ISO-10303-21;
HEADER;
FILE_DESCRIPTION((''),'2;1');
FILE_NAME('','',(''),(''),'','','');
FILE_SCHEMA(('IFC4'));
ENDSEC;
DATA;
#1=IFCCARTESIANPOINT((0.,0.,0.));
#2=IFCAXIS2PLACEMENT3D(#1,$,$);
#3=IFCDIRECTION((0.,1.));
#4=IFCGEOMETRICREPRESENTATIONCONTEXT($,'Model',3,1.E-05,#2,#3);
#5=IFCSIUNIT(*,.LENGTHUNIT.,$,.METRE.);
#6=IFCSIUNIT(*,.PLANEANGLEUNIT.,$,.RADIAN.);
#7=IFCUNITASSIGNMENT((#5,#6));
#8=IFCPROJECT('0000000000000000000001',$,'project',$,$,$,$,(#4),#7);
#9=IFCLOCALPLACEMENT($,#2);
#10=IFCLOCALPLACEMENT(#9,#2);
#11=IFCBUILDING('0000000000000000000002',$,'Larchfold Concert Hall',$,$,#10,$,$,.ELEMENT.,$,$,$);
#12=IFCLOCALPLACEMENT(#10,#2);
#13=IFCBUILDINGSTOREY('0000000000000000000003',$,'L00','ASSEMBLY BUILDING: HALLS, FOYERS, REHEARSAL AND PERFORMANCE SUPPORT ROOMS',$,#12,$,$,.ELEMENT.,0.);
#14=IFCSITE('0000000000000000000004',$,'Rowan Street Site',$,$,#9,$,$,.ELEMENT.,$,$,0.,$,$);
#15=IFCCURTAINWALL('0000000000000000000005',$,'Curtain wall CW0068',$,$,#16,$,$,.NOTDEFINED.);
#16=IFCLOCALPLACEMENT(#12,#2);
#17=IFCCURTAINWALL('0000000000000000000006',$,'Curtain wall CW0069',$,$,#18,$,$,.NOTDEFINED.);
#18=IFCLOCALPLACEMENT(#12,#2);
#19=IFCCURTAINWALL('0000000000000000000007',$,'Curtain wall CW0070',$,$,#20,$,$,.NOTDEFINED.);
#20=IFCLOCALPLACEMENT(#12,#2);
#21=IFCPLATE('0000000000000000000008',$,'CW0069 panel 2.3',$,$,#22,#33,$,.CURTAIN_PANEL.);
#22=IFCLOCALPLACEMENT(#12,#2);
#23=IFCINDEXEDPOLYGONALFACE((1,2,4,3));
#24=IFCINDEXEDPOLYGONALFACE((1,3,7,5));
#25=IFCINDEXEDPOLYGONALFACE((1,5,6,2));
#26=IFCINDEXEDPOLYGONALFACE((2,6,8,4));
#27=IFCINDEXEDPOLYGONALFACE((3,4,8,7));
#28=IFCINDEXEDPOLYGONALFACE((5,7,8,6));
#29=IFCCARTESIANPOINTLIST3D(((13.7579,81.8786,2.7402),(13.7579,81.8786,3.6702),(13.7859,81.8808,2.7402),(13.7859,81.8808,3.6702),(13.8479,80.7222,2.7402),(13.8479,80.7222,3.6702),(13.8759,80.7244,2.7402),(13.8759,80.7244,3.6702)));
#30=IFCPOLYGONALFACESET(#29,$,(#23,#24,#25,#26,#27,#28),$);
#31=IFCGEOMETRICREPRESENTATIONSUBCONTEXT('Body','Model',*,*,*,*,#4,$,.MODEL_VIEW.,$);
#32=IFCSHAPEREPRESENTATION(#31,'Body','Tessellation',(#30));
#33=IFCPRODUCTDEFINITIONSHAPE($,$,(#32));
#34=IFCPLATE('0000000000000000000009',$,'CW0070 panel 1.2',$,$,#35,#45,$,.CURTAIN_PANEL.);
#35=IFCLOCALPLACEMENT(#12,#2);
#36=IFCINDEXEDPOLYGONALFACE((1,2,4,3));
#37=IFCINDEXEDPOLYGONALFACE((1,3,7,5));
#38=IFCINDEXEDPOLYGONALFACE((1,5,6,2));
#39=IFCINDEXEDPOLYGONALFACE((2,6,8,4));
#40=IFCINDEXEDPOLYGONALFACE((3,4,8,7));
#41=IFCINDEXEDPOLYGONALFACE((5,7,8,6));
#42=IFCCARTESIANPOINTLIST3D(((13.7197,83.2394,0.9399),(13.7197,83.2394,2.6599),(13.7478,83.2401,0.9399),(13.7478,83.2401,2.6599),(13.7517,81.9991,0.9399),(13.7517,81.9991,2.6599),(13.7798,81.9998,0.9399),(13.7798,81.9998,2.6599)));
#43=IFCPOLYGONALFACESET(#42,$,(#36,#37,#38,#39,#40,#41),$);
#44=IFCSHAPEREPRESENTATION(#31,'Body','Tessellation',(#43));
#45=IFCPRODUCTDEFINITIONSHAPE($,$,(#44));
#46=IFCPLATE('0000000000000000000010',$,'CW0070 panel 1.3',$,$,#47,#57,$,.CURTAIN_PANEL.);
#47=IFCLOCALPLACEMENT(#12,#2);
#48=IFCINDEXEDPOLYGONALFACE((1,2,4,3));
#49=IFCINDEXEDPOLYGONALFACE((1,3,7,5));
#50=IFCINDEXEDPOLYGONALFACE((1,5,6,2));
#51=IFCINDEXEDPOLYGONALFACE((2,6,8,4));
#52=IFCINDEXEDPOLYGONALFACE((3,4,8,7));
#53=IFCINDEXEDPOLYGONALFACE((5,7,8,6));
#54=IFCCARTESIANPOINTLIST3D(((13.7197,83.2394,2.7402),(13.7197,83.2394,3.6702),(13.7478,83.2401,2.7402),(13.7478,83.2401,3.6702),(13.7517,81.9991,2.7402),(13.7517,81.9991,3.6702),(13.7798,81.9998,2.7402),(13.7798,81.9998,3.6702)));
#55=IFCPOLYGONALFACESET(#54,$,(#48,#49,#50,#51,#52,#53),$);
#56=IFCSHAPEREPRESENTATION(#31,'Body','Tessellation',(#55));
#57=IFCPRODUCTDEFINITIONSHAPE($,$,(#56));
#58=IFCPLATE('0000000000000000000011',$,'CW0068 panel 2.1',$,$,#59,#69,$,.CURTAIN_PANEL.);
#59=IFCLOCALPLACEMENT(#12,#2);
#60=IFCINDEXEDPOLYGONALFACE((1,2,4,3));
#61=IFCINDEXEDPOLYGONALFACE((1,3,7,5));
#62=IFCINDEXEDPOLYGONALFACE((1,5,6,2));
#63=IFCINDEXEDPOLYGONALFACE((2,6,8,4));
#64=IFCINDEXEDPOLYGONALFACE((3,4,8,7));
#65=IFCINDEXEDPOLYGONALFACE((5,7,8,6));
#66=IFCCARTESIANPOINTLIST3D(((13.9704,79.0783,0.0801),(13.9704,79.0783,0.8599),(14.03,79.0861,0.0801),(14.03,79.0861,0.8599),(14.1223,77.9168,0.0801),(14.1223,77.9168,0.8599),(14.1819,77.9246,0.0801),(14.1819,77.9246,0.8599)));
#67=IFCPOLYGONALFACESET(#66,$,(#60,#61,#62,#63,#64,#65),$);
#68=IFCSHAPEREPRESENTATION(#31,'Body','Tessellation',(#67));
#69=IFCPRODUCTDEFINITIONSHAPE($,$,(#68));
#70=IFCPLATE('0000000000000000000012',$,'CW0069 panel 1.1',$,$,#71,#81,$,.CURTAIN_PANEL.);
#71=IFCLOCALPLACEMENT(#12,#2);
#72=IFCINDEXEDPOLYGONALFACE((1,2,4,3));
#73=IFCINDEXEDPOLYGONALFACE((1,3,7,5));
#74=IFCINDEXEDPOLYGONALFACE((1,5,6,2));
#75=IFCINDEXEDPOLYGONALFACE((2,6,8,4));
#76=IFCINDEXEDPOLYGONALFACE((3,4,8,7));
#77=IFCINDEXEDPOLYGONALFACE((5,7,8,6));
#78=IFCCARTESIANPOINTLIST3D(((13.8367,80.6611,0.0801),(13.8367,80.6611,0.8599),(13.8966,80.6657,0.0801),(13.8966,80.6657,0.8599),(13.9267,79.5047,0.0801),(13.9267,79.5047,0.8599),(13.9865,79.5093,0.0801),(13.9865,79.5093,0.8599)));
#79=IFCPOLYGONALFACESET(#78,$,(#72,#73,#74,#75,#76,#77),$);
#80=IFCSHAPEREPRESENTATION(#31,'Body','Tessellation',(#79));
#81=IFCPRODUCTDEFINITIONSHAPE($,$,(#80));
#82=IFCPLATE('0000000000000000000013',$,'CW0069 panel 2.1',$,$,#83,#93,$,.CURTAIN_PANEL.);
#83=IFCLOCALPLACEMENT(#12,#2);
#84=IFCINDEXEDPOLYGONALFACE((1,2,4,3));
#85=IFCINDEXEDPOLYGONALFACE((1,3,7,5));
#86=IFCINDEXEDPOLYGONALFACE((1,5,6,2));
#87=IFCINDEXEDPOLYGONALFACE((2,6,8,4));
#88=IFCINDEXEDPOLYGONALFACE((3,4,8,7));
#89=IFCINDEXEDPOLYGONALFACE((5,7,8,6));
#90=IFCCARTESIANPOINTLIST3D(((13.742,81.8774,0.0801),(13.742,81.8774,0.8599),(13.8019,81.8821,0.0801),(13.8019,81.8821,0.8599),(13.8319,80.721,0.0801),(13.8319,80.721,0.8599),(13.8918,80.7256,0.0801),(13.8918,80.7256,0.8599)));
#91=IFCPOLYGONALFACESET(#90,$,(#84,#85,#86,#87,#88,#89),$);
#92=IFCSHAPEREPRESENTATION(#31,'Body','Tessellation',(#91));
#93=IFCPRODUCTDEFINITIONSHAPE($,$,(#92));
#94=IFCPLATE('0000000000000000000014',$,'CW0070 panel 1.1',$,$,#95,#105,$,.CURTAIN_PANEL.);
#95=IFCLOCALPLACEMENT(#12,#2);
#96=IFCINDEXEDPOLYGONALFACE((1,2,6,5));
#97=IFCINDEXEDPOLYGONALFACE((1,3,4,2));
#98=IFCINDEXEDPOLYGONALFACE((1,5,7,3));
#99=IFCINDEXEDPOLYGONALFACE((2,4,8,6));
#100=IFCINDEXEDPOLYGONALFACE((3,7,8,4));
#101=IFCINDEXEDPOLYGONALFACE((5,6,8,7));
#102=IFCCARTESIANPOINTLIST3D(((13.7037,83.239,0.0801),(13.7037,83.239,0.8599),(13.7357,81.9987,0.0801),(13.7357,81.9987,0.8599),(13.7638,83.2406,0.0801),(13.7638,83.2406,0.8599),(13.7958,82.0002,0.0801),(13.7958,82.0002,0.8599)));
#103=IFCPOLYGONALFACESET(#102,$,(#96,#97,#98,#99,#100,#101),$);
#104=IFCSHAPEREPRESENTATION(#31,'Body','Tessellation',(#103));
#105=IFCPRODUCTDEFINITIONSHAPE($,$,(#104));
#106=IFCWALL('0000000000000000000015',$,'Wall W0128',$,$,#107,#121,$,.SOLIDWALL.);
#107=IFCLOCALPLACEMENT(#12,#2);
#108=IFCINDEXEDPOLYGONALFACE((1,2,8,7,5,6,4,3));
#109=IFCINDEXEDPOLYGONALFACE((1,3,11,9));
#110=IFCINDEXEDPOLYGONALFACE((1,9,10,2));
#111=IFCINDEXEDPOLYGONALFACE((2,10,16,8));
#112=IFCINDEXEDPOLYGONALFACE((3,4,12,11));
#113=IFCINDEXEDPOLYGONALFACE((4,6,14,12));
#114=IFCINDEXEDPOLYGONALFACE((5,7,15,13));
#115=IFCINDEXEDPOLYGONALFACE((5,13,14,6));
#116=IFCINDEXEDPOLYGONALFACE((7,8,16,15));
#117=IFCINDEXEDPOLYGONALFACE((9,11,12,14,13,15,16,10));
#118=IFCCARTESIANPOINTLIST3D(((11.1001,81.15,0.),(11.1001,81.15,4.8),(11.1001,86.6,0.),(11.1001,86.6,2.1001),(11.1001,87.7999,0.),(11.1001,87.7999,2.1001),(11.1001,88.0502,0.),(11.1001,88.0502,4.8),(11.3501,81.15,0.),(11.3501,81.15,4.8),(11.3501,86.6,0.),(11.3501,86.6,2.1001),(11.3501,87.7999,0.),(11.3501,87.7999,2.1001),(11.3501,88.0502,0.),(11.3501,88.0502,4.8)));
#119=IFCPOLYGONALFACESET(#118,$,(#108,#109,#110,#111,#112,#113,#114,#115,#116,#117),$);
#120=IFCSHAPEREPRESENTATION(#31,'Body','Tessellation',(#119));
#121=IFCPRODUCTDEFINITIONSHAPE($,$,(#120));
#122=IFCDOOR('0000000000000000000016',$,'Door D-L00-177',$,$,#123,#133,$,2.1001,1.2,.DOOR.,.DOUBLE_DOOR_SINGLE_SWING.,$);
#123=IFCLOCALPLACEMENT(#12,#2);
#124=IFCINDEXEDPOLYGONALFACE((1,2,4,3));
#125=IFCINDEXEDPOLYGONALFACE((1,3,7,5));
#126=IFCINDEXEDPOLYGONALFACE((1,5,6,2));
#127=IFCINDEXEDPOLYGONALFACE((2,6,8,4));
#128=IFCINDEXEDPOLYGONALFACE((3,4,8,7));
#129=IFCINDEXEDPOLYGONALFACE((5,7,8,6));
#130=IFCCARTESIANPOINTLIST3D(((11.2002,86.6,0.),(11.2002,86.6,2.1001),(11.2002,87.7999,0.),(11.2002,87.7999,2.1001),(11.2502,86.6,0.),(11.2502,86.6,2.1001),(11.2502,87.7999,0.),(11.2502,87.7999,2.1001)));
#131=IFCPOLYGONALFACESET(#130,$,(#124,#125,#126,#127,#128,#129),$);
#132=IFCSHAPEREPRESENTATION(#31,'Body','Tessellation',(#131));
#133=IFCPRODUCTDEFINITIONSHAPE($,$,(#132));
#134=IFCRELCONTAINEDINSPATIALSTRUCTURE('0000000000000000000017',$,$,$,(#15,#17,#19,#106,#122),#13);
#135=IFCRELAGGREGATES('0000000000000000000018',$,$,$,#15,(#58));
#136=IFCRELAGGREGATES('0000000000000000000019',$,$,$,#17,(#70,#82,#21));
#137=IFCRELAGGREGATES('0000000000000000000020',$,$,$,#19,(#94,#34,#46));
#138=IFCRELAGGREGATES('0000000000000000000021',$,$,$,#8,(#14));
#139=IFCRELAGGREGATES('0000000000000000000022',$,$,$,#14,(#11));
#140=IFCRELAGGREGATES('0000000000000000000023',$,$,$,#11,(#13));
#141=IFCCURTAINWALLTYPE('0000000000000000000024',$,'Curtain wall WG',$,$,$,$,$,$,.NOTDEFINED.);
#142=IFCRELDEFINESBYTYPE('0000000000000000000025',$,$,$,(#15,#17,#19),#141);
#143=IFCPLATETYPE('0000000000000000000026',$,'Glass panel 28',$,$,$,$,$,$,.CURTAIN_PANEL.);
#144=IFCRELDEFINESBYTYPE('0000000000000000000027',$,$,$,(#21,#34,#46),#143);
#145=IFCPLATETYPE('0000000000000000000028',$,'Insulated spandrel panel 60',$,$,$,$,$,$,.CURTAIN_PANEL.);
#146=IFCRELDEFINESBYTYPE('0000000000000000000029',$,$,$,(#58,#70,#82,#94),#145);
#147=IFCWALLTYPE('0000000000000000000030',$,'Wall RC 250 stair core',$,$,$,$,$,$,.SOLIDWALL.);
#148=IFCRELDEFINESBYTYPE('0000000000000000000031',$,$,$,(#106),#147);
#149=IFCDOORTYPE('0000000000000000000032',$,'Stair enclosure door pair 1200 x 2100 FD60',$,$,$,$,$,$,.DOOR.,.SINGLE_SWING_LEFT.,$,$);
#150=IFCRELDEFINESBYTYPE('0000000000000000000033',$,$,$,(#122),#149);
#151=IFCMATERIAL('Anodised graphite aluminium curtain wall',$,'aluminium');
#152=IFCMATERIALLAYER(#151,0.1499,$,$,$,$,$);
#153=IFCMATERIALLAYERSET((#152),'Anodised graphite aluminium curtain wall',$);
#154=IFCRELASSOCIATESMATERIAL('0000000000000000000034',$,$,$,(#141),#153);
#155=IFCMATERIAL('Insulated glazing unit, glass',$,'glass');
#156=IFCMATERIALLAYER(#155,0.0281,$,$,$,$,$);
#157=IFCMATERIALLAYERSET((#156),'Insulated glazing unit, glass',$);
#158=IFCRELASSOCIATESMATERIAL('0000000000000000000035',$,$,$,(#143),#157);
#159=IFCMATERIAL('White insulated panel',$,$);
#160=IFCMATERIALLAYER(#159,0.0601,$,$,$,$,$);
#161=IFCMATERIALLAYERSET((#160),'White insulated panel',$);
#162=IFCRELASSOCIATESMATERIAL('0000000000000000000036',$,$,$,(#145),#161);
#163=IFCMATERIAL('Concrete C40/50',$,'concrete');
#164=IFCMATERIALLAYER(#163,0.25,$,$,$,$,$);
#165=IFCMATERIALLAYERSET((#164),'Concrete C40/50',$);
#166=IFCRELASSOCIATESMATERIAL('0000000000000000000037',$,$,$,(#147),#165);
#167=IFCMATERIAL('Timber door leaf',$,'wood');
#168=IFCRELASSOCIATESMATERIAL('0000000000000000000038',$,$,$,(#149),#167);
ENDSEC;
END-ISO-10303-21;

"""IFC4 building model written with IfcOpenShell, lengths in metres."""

from ifc_helpers import new_model, si_unit, direction, frame, frame_2d, origin, origin_2d, place, context, subcontext, project, spatial, rectangle, extrude, material, layer, layer_set, type_object, element, fill, aggregate, save


model = new_model("IFC4")

# Units and contexts
model_context = context("Model", 3, precision=1e-05, world=origin(), true_north=direction((0.0, 1.0)))
body_context = subcontext(model_context, "Body", "Model", "MODEL_VIEW")
ifc_project = project(units=[si_unit("LENGTHUNIT", "METRE"), si_unit("PLANEANGLEUNIT", "RADIAN")], contexts=[model_context])

# Site, building, storey
site_placement = place(None, origin())
site = spatial("IfcSite", under=ifc_project, at=site_placement, Name="Rowan Street Site", CompositionType="ELEMENT", RefElevation=0.0)
building_placement = place(site_placement, origin())
building = spatial("IfcBuilding", under=site, at=building_placement, Name="Larchfold Concert Hall", CompositionType="ELEMENT")
storey_placement = place(building_placement, origin())
storey = spatial("IfcBuildingStorey", under=building, at=storey_placement, Name="L00", Description="ASSEMBLY BUILDING: HALLS, FOYERS, REHEARSAL AND PERFORMANCE SUPPORT ROOMS", CompositionType="ELEMENT", Elevation=0.0)

# Curtain wall
ifc_material_1 = material(Name="Anodised graphite aluminium curtain wall", Category="aluminium")
ifc_layer_1 = layer(ifc_material_1, 0.1499)
ifc_layer_set_1 = layer_set([ifc_layer_1], Name="Anodised graphite aluminium curtain wall")
curtain_wall_type = type_object("IfcCurtainWallType", Name="Curtain wall WG", PredefinedType="NOTDEFINED", material=ifc_layer_set_1)
curtain_wall_1_placement = place(storey_placement, origin())
curtain_wall_1 = element("IfcCurtainWall", 1, at=curtain_wall_1_placement, inside=storey, type_object=curtain_wall_type, Name="Curtain wall CW0068", PredefinedType="NOTDEFINED")

# Curtain wall
curtain_wall_2_placement = place(storey_placement, origin())
curtain_wall_2 = element("IfcCurtainWall", 2, at=curtain_wall_2_placement, inside=storey, type_object=curtain_wall_type, Name="Curtain wall CW0069", PredefinedType="NOTDEFINED")

# Curtain wall
curtain_wall_3_placement = place(storey_placement, origin())
curtain_wall_3 = element("IfcCurtainWall", 3, at=curtain_wall_3_placement, inside=storey, type_object=curtain_wall_type, Name="Curtain wall CW0070", PredefinedType="NOTDEFINED")

# Plates
ifc_material_2 = material(Name="Insulated glazing unit, glass", Category="glass")
ifc_layer_2 = layer(ifc_material_2, 0.0281)
ifc_layer_set_2 = layer_set([ifc_layer_2], Name="Insulated glazing unit, glass")
plate_type_1 = type_object("IfcPlateType", Name="Glass panel 28", PredefinedType="CURTAIN_PANEL", material=ifc_layer_set_2)
plate_1_placement = place(storey_placement, frame((13.8169, 81.3015, 2.7402), z_axis=(0.0, 0.0, 1.0), x_axis=(-0.077548, 0.996989, 0.0)))
plate_1 = element("IfcPlate", 4, at=plate_1_placement, type_object=plate_type_1, Name="CW0069 panel 2.3", PredefinedType="CURTAIN_PANEL", context=body_context, shape_type="SweptSolid", body=[
    extrude(rectangle(XDim=1.1599, YDim=0.0281, at=origin_2d()), origin(), (0.0, 0.0, 1.0), 0.9299),
])
plate_2_placement = place(storey_placement, frame((13.7498, 82.6196, 0.9399), z_axis=(0.0, 0.0, 1.0), x_axis=(-0.025776, 0.999668, 0.0)))
plate_2 = element("IfcPlate", 5, at=plate_2_placement, type_object=plate_type_1, Name="CW0070 panel 1.2", PredefinedType="CURTAIN_PANEL", context=body_context, shape_type="SweptSolid", body=[
    extrude(rectangle(XDim=1.2407, YDim=0.0281, at=origin_2d()), origin(), (0.0, 0.0, 1.0), 1.72),
])
plate_3_placement = place(storey_placement, frame((13.7498, 82.6196, 2.7402), z_axis=(0.0, 0.0, 1.0), x_axis=(-0.025776, 0.999668, 0.0)))
plate_3 = element("IfcPlate", 6, at=plate_3_placement, type_object=plate_type_1, Name="CW0070 panel 1.3", PredefinedType="CURTAIN_PANEL", context=body_context, shape_type="SweptSolid", body=[
    extrude(rectangle(XDim=1.2407, YDim=0.0281, at=origin_2d()), origin(), (0.0, 0.0, 1.0), 0.9299),
])
ifc_material_3 = material(Name="White insulated panel")
ifc_layer_3 = layer(ifc_material_3, 0.0601)
ifc_layer_set_3 = layer_set([ifc_layer_3], Name="White insulated panel")
plate_type_2 = type_object("IfcPlateType", Name="Insulated spandrel panel 60", PredefinedType="CURTAIN_PANEL", material=ifc_layer_set_3)
plate_4_placement = place(storey_placement, frame((14.0762, 78.5015, 0.0801), z_axis=(0.0, 0.0, 1.0), x_axis=(-0.129678, 0.991556, 0.0)))
plate_4 = element("IfcPlate", 7, at=plate_4_placement, type_object=plate_type_2, Name="CW0068 panel 2.1", PredefinedType="CURTAIN_PANEL", context=body_context, shape_type="SweptSolid", body=[
    extrude(rectangle(XDim=1.1714, YDim=0.0601, at=origin_2d()), origin(), (0.0, 0.0, 1.0), 0.7798),
])
aggregate(curtain_wall_1, [plate_4])
plate_5_placement = place(storey_placement, frame((13.9116, 80.0852, 0.0801), z_axis=(0.0, 0.0, 1.0), x_axis=(-0.077548, 0.996989, 0.0)))
plate_5 = element("IfcPlate", 8, at=plate_5_placement, type_object=plate_type_2, Name="CW0069 panel 1.1", PredefinedType="CURTAIN_PANEL", context=body_context, shape_type="SweptSolid", body=[
    extrude(rectangle(XDim=1.1599, YDim=0.0601, at=origin_2d()), origin(), (0.0, 0.0, 1.0), 0.7798),
])
plate_6_placement = place(storey_placement, frame((13.8169, 81.3015, 0.0801), z_axis=(0.0, 0.0, 1.0), x_axis=(-0.077548, 0.996989, 0.0)))
plate_6 = element("IfcPlate", 9, at=plate_6_placement, type_object=plate_type_2, Name="CW0069 panel 2.1", PredefinedType="CURTAIN_PANEL", context=body_context, shape_type="SweptSolid", body=[
    extrude(rectangle(XDim=1.1599, YDim=0.0601, at=origin_2d()), origin(), (0.0, 0.0, 1.0), 0.7798),
])
aggregate(curtain_wall_2, [plate_5, plate_6, plate_1])
plate_7_placement = place(storey_placement, frame((13.7498, 82.6196, 0.0801), z_axis=(0.0, 0.0, 1.0), x_axis=(-0.025776, 0.999668, 0.0)))
plate_7 = element("IfcPlate", 10, at=plate_7_placement, type_object=plate_type_2, Name="CW0070 panel 1.1", PredefinedType="CURTAIN_PANEL", context=body_context, shape_type="SweptSolid", body=[
    extrude(rectangle(XDim=1.2407, YDim=0.0601, at=origin_2d()), origin(), (0.0, 0.0, 1.0), 0.7798),
])
aggregate(curtain_wall_3, [plate_7, plate_2, plate_3])

# Wall, opening, door
ifc_material_4 = material(Name="Concrete C40/50", Category="concrete")
ifc_layer_4 = layer(ifc_material_4, 0.25)
ifc_layer_set_4 = layer_set([ifc_layer_4], Name="Concrete C40/50")
wall_type = type_object("IfcWallType", Name="Wall RC 250 stair core", PredefinedType="SOLIDWALL", material=ifc_layer_set_4)
wall_placement = place(storey_placement, frame((11.2251, 81.1499, 0.0), z_axis=(0.0, 0.0, 1.0), x_axis=(0.0, 1.0, 0.0)))
wall = element("IfcWall", 11, at=wall_placement, inside=storey, type_object=wall_type, Name="Wall W0128", PredefinedType="SOLIDWALL", context=body_context, shape_type="SweptSolid", body=[
    extrude(rectangle(XDim=6.9001, YDim=0.25, at=frame_2d((3.4502, 0.0))), origin(), (0.0, 0.0, 1.0), 4.8),
])
opening_placement = place(wall_placement, frame((5.45, 0.0, 0.0)))
opening = element("IfcOpeningElement", 12, at=opening_placement, cuts=wall, PredefinedType="OPENING", context=body_context, shape_type="SweptSolid", body=[
    extrude(rectangle(XDim=1.2, YDim=2.1001, at=frame_2d((0.6001, 1.05))), frame((0.0, 0.135, 0.0), z_axis=(0.0, -1.0, 0.0), x_axis=(1.0, 0.0, 0.0)), (0.0, 0.0, 1.0), 0.27),
])
ifc_material_5 = material(Name="Timber door leaf", Category="wood")
door_type = type_object("IfcDoorType", Name="Stair enclosure door pair 1200 x 2100 FD60", OperationType="SINGLE_SWING_LEFT", PredefinedType="DOOR", material=ifc_material_5)
door_placement = place(opening_placement, origin())
door = element("IfcDoor", 13, at=door_placement, inside=storey, type_object=door_type, Name="Door D-L00-177", OperationType="DOUBLE_DOOR_SINGLE_SWING", OverallHeight=2.1001, OverallWidth=1.2, PredefinedType="DOOR", context=body_context, shape_type="SweptSolid", body=[
    extrude(rectangle(XDim=1.2, YDim=2.1001, at=frame_2d((0.6001, 1.05))), frame((0.0, 0.0249, 0.0), z_axis=(0.0, -1.0, 0.0), x_axis=(1.0, 0.0, 0.0)), (0.0, 0.0, 1.0), 0.05),
])
fill(opening, door)

save(model, "model.ifc")
